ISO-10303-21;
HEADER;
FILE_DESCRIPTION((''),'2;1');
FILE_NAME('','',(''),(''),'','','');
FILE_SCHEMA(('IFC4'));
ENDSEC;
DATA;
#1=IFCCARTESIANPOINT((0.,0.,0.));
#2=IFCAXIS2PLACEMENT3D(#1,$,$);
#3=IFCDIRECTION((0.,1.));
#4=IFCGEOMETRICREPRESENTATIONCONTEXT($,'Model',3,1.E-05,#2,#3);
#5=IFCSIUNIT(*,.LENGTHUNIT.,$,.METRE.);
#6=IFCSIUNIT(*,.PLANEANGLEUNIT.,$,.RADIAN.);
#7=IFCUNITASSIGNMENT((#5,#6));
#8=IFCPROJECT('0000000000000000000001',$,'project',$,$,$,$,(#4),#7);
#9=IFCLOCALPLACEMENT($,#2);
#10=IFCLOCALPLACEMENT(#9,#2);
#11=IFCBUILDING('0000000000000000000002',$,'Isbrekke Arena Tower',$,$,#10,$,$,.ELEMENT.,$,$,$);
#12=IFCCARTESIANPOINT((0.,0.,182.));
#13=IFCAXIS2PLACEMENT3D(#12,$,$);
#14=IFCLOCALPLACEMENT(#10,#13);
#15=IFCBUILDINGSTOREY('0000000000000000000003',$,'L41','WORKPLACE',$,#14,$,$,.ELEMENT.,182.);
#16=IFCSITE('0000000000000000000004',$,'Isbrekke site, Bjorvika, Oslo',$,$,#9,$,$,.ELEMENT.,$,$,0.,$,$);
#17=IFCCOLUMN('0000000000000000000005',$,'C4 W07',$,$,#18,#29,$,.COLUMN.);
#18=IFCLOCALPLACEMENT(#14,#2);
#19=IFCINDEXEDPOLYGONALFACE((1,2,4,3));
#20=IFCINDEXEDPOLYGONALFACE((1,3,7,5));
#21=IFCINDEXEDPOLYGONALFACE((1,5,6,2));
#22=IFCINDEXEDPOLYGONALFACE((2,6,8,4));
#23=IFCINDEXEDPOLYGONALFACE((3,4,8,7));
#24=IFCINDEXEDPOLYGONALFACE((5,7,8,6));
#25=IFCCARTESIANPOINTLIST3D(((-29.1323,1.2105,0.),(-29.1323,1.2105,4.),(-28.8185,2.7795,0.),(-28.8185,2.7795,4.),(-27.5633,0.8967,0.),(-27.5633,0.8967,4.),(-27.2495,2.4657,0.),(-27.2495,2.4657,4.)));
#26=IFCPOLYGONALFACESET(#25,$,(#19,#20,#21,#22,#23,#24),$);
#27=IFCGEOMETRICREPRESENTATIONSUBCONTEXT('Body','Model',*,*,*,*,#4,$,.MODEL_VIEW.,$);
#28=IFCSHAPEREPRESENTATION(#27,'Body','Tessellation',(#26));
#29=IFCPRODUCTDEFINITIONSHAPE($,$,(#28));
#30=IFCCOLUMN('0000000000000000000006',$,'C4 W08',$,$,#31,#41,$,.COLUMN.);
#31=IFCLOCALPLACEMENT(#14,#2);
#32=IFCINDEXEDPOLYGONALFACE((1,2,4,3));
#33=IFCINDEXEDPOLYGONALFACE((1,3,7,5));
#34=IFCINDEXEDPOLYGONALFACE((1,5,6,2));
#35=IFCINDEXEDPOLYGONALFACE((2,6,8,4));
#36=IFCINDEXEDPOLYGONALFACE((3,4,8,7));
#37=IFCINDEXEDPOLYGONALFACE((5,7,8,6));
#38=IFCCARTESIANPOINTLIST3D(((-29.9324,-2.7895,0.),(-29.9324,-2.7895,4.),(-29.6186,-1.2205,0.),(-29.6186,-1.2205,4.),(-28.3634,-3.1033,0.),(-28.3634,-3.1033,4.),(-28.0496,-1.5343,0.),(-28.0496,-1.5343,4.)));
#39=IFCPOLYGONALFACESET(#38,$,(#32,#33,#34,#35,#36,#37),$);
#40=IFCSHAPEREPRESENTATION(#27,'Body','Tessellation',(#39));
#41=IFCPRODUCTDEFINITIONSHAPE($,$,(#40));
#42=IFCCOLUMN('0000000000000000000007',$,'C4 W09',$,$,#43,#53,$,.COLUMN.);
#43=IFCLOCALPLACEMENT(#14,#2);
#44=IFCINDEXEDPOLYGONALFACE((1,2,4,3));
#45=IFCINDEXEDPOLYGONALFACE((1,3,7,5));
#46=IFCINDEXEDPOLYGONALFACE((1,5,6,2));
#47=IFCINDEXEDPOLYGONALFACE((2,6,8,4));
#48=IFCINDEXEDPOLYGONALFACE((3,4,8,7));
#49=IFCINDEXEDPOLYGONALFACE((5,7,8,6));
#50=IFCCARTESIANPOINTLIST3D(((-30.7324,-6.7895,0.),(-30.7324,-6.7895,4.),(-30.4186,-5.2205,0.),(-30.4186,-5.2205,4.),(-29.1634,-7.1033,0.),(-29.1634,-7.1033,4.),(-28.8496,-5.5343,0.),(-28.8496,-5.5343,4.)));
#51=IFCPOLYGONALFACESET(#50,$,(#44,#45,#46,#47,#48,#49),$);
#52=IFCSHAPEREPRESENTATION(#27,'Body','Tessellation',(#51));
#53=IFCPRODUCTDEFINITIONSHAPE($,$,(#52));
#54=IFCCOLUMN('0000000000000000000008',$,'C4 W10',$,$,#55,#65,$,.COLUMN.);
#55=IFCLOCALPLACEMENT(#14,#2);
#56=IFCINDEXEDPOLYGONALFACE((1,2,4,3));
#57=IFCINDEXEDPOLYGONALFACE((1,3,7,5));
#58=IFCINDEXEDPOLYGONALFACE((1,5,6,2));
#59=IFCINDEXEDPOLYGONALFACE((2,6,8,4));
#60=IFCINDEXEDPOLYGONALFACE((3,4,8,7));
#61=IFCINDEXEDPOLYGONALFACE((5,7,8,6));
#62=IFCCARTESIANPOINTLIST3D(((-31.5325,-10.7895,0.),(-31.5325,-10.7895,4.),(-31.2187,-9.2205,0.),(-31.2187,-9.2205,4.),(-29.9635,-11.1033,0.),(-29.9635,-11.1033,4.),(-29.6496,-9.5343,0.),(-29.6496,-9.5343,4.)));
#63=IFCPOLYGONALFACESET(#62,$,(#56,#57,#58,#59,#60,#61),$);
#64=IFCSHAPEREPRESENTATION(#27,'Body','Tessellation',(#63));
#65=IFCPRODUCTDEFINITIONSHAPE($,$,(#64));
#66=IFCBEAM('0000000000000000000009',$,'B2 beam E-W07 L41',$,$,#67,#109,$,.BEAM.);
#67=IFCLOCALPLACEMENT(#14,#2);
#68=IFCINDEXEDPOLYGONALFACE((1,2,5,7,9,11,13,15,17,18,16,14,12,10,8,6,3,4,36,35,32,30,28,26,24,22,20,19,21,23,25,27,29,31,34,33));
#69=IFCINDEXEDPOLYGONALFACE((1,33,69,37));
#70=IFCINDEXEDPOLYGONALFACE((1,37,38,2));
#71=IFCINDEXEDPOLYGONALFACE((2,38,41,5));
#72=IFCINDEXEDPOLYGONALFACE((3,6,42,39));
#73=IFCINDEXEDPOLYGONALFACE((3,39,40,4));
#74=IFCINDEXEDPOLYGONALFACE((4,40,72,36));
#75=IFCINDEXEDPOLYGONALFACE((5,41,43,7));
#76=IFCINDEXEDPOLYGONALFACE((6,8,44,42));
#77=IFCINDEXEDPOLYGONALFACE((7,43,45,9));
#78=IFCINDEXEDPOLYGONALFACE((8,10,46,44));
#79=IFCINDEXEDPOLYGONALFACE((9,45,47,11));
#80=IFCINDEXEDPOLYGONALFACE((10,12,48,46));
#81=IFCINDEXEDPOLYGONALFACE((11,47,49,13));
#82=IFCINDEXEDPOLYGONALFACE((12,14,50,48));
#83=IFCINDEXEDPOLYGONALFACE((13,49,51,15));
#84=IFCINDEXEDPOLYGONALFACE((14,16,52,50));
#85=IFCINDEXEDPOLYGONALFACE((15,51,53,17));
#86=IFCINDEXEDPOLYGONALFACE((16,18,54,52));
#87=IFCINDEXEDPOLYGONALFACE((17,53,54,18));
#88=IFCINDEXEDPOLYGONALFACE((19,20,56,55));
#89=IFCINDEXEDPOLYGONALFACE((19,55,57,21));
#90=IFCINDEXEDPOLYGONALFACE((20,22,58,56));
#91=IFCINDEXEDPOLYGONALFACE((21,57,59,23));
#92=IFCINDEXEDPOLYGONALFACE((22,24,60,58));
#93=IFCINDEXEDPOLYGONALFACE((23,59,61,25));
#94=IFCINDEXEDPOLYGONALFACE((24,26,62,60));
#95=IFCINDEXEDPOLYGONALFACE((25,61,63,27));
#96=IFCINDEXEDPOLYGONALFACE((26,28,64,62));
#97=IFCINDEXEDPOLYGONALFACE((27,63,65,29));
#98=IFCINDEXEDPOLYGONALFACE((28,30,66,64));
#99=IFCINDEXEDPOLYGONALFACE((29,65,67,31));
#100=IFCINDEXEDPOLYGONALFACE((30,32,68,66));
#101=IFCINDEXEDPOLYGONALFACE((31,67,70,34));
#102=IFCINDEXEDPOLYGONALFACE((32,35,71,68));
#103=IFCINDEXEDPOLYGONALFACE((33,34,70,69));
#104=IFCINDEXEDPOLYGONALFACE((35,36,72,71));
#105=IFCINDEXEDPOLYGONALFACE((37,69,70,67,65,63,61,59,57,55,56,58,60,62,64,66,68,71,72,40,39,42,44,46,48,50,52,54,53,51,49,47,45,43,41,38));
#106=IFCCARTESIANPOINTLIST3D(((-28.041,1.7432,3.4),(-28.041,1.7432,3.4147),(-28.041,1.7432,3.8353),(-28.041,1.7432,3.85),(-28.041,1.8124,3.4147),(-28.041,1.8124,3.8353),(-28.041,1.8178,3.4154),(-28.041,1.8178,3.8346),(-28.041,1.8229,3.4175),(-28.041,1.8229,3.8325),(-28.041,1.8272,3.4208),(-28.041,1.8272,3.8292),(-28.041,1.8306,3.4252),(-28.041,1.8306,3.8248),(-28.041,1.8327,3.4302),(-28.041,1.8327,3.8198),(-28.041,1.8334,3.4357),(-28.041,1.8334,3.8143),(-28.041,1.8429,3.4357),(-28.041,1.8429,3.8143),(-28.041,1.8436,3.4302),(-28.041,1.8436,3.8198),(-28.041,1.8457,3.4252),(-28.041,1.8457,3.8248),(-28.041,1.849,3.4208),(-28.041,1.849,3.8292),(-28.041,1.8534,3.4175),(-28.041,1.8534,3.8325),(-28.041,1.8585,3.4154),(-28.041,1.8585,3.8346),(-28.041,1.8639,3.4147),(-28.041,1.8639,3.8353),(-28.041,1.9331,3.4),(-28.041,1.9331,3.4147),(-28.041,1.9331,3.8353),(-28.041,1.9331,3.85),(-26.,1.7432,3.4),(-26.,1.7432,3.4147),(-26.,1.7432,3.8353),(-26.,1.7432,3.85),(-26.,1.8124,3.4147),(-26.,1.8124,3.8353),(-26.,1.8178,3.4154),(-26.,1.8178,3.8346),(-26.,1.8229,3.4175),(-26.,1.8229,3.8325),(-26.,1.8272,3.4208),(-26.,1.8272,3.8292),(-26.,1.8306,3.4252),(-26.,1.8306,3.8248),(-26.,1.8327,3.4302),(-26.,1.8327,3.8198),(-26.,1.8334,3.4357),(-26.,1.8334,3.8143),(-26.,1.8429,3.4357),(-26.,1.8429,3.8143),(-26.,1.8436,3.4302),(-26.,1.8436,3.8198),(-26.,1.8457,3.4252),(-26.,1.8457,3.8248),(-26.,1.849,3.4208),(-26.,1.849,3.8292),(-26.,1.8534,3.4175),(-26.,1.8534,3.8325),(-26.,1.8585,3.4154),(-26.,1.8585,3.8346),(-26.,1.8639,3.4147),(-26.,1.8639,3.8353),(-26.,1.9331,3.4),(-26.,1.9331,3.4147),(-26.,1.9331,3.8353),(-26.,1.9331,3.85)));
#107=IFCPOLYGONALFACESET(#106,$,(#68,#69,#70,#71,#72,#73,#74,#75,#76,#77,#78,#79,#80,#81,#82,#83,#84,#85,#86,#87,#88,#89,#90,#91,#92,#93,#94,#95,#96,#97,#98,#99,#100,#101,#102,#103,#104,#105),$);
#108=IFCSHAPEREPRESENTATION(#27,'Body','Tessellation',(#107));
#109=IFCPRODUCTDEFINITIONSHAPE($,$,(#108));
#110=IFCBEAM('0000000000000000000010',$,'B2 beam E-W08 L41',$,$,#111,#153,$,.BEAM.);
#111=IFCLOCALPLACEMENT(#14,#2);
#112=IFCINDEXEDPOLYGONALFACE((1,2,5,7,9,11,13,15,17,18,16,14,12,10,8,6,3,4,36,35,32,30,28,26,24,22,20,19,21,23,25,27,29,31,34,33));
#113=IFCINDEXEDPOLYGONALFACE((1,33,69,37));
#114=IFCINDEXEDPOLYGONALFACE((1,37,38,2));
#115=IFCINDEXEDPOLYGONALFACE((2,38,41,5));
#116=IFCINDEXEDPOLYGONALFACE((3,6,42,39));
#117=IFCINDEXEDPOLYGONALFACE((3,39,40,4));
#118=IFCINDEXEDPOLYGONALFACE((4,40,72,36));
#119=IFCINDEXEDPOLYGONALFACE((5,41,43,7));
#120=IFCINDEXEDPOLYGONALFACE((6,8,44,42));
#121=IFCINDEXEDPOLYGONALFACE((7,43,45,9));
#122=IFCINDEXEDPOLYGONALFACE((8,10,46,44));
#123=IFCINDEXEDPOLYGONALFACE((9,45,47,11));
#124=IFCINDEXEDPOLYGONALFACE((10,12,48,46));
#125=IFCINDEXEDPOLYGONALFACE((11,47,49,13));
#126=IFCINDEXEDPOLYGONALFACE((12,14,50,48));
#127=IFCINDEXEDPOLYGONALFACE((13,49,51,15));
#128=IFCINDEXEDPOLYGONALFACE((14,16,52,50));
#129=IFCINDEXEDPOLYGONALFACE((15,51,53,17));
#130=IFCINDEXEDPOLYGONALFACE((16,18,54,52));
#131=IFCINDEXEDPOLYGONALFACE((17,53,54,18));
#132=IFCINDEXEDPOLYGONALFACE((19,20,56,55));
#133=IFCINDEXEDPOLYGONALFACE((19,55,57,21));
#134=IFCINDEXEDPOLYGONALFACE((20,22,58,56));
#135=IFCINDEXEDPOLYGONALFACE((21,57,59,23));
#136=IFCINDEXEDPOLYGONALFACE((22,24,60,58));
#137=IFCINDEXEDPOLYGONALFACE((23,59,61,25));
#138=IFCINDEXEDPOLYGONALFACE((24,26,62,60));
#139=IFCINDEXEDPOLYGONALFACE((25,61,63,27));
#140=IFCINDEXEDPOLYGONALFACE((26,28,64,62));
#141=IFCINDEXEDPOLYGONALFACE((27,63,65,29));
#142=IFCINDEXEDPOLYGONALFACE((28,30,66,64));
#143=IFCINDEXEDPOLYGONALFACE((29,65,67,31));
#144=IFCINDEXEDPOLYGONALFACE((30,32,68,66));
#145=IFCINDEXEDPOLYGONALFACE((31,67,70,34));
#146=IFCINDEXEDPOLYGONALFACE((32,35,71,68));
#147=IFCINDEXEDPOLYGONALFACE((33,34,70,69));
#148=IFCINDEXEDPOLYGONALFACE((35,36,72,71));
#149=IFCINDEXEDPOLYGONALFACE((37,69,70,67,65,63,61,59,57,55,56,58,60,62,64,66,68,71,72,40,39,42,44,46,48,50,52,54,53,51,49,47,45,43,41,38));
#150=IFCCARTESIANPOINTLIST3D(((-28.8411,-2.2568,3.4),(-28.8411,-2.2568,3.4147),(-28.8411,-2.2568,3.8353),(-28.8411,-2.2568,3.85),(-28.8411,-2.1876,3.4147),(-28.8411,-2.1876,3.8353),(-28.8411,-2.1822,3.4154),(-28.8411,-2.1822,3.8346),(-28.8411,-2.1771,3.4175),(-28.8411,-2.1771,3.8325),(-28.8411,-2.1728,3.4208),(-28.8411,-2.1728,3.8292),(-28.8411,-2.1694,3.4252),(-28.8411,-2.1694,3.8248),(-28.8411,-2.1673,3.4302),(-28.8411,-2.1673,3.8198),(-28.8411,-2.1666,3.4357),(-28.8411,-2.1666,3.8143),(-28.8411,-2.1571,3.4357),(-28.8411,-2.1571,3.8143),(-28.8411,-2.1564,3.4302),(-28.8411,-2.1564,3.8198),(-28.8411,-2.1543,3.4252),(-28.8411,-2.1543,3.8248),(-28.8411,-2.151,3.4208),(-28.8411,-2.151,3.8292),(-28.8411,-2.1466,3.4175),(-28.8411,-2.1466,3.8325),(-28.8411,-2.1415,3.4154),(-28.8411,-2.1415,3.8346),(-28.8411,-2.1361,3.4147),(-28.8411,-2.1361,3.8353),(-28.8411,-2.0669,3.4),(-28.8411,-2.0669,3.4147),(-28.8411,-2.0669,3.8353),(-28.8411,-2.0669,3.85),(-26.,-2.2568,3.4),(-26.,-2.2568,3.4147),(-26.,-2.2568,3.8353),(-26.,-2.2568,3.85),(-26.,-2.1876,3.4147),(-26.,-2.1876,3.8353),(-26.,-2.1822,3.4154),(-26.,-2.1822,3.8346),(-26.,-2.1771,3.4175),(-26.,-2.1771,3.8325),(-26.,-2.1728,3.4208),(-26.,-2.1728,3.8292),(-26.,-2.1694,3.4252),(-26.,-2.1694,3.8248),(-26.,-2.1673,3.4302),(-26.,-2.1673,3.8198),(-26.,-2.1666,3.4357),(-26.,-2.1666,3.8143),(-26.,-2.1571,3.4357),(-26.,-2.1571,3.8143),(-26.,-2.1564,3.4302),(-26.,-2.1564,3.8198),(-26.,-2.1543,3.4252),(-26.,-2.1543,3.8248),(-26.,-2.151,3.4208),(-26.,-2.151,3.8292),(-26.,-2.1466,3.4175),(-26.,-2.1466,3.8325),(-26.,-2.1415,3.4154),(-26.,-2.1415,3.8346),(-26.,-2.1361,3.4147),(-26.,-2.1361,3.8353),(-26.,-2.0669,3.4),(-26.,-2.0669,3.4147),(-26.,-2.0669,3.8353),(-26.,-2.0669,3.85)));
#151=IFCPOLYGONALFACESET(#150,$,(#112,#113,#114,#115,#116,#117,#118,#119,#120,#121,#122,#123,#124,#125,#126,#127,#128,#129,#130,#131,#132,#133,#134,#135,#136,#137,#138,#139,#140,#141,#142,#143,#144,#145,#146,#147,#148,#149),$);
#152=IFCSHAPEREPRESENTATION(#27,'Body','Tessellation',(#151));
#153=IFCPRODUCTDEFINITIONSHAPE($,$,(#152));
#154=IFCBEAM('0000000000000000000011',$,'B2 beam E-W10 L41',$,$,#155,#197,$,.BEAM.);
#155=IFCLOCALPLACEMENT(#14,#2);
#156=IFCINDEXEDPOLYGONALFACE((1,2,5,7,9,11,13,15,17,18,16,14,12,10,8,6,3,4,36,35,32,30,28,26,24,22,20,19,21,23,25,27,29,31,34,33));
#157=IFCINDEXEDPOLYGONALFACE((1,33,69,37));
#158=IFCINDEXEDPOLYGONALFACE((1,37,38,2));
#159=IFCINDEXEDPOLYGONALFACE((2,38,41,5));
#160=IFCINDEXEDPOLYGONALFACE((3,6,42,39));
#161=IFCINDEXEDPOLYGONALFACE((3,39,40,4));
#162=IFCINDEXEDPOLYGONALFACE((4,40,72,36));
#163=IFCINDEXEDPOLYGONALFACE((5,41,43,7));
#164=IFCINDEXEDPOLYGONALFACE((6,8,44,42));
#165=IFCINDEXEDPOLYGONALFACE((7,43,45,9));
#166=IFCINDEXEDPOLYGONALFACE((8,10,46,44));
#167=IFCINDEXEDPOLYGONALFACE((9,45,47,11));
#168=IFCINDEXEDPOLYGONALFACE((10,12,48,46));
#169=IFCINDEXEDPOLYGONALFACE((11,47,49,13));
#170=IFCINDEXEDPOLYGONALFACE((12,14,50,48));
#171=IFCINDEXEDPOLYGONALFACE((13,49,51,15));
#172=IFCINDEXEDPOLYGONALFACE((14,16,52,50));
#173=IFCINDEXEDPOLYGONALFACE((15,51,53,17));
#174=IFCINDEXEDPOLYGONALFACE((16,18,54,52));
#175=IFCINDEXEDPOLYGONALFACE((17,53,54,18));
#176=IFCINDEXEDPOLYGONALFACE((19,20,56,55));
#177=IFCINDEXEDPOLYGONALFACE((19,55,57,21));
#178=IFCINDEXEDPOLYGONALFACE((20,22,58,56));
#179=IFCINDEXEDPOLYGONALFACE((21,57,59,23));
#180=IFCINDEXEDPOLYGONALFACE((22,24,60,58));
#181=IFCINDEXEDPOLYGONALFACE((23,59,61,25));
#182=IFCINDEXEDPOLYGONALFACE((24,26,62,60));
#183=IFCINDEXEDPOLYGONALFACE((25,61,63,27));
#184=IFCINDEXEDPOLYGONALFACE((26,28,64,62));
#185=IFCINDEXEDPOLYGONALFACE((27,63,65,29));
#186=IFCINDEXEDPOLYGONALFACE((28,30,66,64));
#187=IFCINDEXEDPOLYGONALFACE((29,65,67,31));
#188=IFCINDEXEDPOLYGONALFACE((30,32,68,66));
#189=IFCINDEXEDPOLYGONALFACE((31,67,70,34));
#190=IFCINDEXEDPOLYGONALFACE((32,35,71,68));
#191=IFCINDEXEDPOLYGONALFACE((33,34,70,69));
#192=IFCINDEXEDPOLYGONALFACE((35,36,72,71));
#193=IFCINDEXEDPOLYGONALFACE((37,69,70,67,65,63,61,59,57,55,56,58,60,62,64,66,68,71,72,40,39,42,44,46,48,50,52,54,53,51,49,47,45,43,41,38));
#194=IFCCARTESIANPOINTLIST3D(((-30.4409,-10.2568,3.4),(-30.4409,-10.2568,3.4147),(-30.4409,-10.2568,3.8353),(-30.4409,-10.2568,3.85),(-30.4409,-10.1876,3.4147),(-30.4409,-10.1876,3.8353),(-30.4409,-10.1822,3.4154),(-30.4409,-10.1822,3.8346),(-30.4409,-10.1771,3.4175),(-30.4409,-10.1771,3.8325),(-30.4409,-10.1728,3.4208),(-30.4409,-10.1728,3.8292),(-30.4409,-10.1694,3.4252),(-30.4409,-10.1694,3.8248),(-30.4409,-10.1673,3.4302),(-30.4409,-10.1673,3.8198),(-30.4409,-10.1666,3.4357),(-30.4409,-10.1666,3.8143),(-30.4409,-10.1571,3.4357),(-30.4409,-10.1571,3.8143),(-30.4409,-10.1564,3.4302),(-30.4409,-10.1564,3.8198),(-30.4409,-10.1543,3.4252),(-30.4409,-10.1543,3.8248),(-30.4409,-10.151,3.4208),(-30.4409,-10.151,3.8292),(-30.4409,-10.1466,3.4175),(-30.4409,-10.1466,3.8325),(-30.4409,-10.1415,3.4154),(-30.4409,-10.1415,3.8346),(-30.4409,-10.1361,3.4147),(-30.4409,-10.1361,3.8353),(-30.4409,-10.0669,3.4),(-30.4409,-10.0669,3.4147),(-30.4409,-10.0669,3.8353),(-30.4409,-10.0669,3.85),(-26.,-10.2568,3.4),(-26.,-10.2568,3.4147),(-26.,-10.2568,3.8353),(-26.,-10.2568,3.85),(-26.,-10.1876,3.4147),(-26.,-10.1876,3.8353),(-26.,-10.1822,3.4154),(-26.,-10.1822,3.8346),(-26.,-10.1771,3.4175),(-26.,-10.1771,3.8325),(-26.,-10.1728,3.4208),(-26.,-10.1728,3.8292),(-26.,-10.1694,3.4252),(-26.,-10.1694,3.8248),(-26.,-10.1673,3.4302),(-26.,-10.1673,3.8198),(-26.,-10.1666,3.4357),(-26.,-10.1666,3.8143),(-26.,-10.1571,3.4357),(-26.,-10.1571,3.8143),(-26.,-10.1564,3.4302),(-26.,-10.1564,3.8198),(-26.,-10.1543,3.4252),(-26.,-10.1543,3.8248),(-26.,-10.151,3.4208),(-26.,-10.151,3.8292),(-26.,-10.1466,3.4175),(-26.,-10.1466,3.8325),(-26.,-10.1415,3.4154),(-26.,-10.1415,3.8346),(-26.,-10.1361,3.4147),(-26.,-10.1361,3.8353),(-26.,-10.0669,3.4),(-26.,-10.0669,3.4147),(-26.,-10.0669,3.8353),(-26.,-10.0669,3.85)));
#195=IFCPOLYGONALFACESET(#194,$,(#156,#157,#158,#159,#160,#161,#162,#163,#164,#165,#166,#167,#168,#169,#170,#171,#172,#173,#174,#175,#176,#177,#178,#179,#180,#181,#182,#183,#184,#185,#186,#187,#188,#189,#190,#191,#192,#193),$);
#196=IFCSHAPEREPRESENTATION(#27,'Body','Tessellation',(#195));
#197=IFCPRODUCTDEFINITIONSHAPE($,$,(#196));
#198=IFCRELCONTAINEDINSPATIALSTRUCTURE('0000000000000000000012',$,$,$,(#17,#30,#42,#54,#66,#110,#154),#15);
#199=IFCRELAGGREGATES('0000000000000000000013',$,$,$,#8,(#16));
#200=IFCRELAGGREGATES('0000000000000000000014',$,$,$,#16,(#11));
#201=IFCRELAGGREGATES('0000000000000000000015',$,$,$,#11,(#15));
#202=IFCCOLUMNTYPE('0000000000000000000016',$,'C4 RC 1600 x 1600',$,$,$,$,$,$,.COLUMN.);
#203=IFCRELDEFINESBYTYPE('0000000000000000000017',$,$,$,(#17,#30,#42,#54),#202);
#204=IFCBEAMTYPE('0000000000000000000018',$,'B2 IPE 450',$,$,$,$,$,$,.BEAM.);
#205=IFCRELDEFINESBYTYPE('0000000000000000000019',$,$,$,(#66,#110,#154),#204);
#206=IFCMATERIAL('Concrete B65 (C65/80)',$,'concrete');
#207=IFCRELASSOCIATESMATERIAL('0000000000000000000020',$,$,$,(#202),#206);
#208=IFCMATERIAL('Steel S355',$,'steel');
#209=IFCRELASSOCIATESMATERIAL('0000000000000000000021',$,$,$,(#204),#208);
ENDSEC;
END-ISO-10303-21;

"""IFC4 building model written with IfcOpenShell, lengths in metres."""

from ifc_helpers import new_model, si_unit, direction, frame, origin, origin_2d, place, context, subcontext, project, spatial, rectangle, i_section, extrude, material, material_profile, profile_set, type_object, element, save


model = new_model("IFC4")

# Units and contexts
model_context = context("Model", 3, precision=1e-05, world=origin(), true_north=direction((0.0, 1.0)))
body_context = subcontext(model_context, "Body", "Model", "MODEL_VIEW")
ifc_project = project(units=[si_unit("LENGTHUNIT", "METRE"), si_unit("PLANEANGLEUNIT", "RADIAN")], contexts=[model_context])

# Site, building, storey
site_placement = place(None, origin())
site = spatial("IfcSite", under=ifc_project, at=site_placement, Name="Isbrekke site, Bjorvika, Oslo", CompositionType="ELEMENT", RefElevation=0.0)
building_placement = place(site_placement, origin())
building = spatial("IfcBuilding", under=site, at=building_placement, Name="Isbrekke Arena Tower", CompositionType="ELEMENT")
storey_placement = place(building_placement, frame((0.0, 0.0, 182.0)))
storey = spatial("IfcBuildingStorey", under=building, at=storey_placement, Name="L41", Description="WORKPLACE", CompositionType="ELEMENT", Elevation=182.0)

# Columns
ifc_material_1 = material(Name="Concrete B65 (C65/80)", Category="concrete")
ifc_material_profile_1 = material_profile(ifc_material_1, rectangle(XDim=1.6001, YDim=1.6001, at=origin_2d()), Name="RC 1600x1600")
ifc_profile_set_1 = profile_set([ifc_material_profile_1], Name="Concrete B65 (C65/80)")
column_type = type_object("IfcColumnType", Name="C4 RC 1600 x 1600", PredefinedType="COLUMN", material=ifc_profile_set_1)
for number, where, z_axis, x_axis, name in (
    (1, (-28.1909, 1.8381, 0.0), (0.0, 0.0, 1.0), (-0.196116, -0.980581, 0.0), "C4 W07"),
    (2, (-28.991, -2.1619, 0.0), (0.0, 0.0, 1.0), (-0.196116, -0.980581, 0.0), "C4 W08"),
    (3, (-29.791, -6.1619, 0.0), (0.0, 0.0, 1.0), (-0.196116, -0.980581, 0.0), "C4 W09"),
    (4, (-30.5911, -10.1619, 0.0), (0.0, 0.0, 1.0), (-0.196116, -0.980581, 0.0), "C4 W10"),
):
    element("IfcColumn", number, at=place(storey_placement, frame(where, z_axis=z_axis, x_axis=x_axis)), inside=storey, type_object=column_type, Name=name, PredefinedType="COLUMN", context=body_context, shape_type="SweptSolid", body=[
        extrude(rectangle(XDim=1.6001, YDim=1.6001, at=origin_2d()), origin(), (0.0, 0.0, 1.0), 4.0),
    ])

# Beams
ifc_material_2 = material(Name="Steel S355", Category="steel")
ifc_material_profile_2 = material_profile(ifc_material_2, i_section(OverallWidth=0.1899, OverallDepth=0.45, WebThickness=0.0095, FlangeThickness=0.0146, FilletRadius=0.021, at=origin_2d()), Name="IPE 450")
ifc_profile_set_2 = profile_set([ifc_material_profile_2], Name="Steel S355")
beam_type_1 = type_object("IfcBeamType", Name="B2 IPE 450", PredefinedType="BEAM", material=ifc_profile_set_2)
beam_1_placement = place(storey_placement, frame((-28.041, 1.8381, 3.625), z_axis=(1.0, 0.0, 0.0), x_axis=(0.0, 1.0, 0.0)))
element("IfcBeam", 5, at=beam_1_placement, inside=storey, type_object=beam_type_1, Name="B2 beam E-W07 L41", PredefinedType="BEAM", context=body_context, shape_type="SweptSolid", body=[
    extrude(i_section(OverallWidth=0.1899, OverallDepth=0.45, WebThickness=0.0095, FlangeThickness=0.0146, FilletRadius=0.021, at=origin_2d()), origin(), (0.0, 0.0, 1.0), 2.041),
])
beam_2_placement = place(storey_placement, frame((-28.8411, -2.1619, 3.625), z_axis=(1.0, 0.0, 0.0), x_axis=(0.0, 1.0, 0.0)))
element("IfcBeam", 6, at=beam_2_placement, inside=storey, type_object=beam_type_1, Name="B2 beam E-W08 L41", PredefinedType="BEAM", context=body_context, shape_type="SweptSolid", body=[
    extrude(i_section(OverallWidth=0.1899, OverallDepth=0.45, WebThickness=0.0095, FlangeThickness=0.0146, FilletRadius=0.021, at=origin_2d()), origin(), (0.0, 0.0, 1.0), 2.8411),
])
beam_3_placement = place(storey_placement, frame((-30.4409, -10.1619, 3.625), z_axis=(1.0, 0.0, 0.0), x_axis=(0.0, 1.0, 0.0)))
element("IfcBeam", 7, at=beam_3_placement, inside=storey, type_object=beam_type_1, Name="B2 beam E-W10 L41", PredefinedType="BEAM", context=body_context, shape_type="SweptSolid", body=[
    extrude(i_section(OverallWidth=0.1899, OverallDepth=0.45, WebThickness=0.0095, FlangeThickness=0.0146, FilletRadius=0.021, at=origin_2d()), origin(), (0.0, 0.0, 1.0), 4.4409),
])

save(model, "model.ifc")
